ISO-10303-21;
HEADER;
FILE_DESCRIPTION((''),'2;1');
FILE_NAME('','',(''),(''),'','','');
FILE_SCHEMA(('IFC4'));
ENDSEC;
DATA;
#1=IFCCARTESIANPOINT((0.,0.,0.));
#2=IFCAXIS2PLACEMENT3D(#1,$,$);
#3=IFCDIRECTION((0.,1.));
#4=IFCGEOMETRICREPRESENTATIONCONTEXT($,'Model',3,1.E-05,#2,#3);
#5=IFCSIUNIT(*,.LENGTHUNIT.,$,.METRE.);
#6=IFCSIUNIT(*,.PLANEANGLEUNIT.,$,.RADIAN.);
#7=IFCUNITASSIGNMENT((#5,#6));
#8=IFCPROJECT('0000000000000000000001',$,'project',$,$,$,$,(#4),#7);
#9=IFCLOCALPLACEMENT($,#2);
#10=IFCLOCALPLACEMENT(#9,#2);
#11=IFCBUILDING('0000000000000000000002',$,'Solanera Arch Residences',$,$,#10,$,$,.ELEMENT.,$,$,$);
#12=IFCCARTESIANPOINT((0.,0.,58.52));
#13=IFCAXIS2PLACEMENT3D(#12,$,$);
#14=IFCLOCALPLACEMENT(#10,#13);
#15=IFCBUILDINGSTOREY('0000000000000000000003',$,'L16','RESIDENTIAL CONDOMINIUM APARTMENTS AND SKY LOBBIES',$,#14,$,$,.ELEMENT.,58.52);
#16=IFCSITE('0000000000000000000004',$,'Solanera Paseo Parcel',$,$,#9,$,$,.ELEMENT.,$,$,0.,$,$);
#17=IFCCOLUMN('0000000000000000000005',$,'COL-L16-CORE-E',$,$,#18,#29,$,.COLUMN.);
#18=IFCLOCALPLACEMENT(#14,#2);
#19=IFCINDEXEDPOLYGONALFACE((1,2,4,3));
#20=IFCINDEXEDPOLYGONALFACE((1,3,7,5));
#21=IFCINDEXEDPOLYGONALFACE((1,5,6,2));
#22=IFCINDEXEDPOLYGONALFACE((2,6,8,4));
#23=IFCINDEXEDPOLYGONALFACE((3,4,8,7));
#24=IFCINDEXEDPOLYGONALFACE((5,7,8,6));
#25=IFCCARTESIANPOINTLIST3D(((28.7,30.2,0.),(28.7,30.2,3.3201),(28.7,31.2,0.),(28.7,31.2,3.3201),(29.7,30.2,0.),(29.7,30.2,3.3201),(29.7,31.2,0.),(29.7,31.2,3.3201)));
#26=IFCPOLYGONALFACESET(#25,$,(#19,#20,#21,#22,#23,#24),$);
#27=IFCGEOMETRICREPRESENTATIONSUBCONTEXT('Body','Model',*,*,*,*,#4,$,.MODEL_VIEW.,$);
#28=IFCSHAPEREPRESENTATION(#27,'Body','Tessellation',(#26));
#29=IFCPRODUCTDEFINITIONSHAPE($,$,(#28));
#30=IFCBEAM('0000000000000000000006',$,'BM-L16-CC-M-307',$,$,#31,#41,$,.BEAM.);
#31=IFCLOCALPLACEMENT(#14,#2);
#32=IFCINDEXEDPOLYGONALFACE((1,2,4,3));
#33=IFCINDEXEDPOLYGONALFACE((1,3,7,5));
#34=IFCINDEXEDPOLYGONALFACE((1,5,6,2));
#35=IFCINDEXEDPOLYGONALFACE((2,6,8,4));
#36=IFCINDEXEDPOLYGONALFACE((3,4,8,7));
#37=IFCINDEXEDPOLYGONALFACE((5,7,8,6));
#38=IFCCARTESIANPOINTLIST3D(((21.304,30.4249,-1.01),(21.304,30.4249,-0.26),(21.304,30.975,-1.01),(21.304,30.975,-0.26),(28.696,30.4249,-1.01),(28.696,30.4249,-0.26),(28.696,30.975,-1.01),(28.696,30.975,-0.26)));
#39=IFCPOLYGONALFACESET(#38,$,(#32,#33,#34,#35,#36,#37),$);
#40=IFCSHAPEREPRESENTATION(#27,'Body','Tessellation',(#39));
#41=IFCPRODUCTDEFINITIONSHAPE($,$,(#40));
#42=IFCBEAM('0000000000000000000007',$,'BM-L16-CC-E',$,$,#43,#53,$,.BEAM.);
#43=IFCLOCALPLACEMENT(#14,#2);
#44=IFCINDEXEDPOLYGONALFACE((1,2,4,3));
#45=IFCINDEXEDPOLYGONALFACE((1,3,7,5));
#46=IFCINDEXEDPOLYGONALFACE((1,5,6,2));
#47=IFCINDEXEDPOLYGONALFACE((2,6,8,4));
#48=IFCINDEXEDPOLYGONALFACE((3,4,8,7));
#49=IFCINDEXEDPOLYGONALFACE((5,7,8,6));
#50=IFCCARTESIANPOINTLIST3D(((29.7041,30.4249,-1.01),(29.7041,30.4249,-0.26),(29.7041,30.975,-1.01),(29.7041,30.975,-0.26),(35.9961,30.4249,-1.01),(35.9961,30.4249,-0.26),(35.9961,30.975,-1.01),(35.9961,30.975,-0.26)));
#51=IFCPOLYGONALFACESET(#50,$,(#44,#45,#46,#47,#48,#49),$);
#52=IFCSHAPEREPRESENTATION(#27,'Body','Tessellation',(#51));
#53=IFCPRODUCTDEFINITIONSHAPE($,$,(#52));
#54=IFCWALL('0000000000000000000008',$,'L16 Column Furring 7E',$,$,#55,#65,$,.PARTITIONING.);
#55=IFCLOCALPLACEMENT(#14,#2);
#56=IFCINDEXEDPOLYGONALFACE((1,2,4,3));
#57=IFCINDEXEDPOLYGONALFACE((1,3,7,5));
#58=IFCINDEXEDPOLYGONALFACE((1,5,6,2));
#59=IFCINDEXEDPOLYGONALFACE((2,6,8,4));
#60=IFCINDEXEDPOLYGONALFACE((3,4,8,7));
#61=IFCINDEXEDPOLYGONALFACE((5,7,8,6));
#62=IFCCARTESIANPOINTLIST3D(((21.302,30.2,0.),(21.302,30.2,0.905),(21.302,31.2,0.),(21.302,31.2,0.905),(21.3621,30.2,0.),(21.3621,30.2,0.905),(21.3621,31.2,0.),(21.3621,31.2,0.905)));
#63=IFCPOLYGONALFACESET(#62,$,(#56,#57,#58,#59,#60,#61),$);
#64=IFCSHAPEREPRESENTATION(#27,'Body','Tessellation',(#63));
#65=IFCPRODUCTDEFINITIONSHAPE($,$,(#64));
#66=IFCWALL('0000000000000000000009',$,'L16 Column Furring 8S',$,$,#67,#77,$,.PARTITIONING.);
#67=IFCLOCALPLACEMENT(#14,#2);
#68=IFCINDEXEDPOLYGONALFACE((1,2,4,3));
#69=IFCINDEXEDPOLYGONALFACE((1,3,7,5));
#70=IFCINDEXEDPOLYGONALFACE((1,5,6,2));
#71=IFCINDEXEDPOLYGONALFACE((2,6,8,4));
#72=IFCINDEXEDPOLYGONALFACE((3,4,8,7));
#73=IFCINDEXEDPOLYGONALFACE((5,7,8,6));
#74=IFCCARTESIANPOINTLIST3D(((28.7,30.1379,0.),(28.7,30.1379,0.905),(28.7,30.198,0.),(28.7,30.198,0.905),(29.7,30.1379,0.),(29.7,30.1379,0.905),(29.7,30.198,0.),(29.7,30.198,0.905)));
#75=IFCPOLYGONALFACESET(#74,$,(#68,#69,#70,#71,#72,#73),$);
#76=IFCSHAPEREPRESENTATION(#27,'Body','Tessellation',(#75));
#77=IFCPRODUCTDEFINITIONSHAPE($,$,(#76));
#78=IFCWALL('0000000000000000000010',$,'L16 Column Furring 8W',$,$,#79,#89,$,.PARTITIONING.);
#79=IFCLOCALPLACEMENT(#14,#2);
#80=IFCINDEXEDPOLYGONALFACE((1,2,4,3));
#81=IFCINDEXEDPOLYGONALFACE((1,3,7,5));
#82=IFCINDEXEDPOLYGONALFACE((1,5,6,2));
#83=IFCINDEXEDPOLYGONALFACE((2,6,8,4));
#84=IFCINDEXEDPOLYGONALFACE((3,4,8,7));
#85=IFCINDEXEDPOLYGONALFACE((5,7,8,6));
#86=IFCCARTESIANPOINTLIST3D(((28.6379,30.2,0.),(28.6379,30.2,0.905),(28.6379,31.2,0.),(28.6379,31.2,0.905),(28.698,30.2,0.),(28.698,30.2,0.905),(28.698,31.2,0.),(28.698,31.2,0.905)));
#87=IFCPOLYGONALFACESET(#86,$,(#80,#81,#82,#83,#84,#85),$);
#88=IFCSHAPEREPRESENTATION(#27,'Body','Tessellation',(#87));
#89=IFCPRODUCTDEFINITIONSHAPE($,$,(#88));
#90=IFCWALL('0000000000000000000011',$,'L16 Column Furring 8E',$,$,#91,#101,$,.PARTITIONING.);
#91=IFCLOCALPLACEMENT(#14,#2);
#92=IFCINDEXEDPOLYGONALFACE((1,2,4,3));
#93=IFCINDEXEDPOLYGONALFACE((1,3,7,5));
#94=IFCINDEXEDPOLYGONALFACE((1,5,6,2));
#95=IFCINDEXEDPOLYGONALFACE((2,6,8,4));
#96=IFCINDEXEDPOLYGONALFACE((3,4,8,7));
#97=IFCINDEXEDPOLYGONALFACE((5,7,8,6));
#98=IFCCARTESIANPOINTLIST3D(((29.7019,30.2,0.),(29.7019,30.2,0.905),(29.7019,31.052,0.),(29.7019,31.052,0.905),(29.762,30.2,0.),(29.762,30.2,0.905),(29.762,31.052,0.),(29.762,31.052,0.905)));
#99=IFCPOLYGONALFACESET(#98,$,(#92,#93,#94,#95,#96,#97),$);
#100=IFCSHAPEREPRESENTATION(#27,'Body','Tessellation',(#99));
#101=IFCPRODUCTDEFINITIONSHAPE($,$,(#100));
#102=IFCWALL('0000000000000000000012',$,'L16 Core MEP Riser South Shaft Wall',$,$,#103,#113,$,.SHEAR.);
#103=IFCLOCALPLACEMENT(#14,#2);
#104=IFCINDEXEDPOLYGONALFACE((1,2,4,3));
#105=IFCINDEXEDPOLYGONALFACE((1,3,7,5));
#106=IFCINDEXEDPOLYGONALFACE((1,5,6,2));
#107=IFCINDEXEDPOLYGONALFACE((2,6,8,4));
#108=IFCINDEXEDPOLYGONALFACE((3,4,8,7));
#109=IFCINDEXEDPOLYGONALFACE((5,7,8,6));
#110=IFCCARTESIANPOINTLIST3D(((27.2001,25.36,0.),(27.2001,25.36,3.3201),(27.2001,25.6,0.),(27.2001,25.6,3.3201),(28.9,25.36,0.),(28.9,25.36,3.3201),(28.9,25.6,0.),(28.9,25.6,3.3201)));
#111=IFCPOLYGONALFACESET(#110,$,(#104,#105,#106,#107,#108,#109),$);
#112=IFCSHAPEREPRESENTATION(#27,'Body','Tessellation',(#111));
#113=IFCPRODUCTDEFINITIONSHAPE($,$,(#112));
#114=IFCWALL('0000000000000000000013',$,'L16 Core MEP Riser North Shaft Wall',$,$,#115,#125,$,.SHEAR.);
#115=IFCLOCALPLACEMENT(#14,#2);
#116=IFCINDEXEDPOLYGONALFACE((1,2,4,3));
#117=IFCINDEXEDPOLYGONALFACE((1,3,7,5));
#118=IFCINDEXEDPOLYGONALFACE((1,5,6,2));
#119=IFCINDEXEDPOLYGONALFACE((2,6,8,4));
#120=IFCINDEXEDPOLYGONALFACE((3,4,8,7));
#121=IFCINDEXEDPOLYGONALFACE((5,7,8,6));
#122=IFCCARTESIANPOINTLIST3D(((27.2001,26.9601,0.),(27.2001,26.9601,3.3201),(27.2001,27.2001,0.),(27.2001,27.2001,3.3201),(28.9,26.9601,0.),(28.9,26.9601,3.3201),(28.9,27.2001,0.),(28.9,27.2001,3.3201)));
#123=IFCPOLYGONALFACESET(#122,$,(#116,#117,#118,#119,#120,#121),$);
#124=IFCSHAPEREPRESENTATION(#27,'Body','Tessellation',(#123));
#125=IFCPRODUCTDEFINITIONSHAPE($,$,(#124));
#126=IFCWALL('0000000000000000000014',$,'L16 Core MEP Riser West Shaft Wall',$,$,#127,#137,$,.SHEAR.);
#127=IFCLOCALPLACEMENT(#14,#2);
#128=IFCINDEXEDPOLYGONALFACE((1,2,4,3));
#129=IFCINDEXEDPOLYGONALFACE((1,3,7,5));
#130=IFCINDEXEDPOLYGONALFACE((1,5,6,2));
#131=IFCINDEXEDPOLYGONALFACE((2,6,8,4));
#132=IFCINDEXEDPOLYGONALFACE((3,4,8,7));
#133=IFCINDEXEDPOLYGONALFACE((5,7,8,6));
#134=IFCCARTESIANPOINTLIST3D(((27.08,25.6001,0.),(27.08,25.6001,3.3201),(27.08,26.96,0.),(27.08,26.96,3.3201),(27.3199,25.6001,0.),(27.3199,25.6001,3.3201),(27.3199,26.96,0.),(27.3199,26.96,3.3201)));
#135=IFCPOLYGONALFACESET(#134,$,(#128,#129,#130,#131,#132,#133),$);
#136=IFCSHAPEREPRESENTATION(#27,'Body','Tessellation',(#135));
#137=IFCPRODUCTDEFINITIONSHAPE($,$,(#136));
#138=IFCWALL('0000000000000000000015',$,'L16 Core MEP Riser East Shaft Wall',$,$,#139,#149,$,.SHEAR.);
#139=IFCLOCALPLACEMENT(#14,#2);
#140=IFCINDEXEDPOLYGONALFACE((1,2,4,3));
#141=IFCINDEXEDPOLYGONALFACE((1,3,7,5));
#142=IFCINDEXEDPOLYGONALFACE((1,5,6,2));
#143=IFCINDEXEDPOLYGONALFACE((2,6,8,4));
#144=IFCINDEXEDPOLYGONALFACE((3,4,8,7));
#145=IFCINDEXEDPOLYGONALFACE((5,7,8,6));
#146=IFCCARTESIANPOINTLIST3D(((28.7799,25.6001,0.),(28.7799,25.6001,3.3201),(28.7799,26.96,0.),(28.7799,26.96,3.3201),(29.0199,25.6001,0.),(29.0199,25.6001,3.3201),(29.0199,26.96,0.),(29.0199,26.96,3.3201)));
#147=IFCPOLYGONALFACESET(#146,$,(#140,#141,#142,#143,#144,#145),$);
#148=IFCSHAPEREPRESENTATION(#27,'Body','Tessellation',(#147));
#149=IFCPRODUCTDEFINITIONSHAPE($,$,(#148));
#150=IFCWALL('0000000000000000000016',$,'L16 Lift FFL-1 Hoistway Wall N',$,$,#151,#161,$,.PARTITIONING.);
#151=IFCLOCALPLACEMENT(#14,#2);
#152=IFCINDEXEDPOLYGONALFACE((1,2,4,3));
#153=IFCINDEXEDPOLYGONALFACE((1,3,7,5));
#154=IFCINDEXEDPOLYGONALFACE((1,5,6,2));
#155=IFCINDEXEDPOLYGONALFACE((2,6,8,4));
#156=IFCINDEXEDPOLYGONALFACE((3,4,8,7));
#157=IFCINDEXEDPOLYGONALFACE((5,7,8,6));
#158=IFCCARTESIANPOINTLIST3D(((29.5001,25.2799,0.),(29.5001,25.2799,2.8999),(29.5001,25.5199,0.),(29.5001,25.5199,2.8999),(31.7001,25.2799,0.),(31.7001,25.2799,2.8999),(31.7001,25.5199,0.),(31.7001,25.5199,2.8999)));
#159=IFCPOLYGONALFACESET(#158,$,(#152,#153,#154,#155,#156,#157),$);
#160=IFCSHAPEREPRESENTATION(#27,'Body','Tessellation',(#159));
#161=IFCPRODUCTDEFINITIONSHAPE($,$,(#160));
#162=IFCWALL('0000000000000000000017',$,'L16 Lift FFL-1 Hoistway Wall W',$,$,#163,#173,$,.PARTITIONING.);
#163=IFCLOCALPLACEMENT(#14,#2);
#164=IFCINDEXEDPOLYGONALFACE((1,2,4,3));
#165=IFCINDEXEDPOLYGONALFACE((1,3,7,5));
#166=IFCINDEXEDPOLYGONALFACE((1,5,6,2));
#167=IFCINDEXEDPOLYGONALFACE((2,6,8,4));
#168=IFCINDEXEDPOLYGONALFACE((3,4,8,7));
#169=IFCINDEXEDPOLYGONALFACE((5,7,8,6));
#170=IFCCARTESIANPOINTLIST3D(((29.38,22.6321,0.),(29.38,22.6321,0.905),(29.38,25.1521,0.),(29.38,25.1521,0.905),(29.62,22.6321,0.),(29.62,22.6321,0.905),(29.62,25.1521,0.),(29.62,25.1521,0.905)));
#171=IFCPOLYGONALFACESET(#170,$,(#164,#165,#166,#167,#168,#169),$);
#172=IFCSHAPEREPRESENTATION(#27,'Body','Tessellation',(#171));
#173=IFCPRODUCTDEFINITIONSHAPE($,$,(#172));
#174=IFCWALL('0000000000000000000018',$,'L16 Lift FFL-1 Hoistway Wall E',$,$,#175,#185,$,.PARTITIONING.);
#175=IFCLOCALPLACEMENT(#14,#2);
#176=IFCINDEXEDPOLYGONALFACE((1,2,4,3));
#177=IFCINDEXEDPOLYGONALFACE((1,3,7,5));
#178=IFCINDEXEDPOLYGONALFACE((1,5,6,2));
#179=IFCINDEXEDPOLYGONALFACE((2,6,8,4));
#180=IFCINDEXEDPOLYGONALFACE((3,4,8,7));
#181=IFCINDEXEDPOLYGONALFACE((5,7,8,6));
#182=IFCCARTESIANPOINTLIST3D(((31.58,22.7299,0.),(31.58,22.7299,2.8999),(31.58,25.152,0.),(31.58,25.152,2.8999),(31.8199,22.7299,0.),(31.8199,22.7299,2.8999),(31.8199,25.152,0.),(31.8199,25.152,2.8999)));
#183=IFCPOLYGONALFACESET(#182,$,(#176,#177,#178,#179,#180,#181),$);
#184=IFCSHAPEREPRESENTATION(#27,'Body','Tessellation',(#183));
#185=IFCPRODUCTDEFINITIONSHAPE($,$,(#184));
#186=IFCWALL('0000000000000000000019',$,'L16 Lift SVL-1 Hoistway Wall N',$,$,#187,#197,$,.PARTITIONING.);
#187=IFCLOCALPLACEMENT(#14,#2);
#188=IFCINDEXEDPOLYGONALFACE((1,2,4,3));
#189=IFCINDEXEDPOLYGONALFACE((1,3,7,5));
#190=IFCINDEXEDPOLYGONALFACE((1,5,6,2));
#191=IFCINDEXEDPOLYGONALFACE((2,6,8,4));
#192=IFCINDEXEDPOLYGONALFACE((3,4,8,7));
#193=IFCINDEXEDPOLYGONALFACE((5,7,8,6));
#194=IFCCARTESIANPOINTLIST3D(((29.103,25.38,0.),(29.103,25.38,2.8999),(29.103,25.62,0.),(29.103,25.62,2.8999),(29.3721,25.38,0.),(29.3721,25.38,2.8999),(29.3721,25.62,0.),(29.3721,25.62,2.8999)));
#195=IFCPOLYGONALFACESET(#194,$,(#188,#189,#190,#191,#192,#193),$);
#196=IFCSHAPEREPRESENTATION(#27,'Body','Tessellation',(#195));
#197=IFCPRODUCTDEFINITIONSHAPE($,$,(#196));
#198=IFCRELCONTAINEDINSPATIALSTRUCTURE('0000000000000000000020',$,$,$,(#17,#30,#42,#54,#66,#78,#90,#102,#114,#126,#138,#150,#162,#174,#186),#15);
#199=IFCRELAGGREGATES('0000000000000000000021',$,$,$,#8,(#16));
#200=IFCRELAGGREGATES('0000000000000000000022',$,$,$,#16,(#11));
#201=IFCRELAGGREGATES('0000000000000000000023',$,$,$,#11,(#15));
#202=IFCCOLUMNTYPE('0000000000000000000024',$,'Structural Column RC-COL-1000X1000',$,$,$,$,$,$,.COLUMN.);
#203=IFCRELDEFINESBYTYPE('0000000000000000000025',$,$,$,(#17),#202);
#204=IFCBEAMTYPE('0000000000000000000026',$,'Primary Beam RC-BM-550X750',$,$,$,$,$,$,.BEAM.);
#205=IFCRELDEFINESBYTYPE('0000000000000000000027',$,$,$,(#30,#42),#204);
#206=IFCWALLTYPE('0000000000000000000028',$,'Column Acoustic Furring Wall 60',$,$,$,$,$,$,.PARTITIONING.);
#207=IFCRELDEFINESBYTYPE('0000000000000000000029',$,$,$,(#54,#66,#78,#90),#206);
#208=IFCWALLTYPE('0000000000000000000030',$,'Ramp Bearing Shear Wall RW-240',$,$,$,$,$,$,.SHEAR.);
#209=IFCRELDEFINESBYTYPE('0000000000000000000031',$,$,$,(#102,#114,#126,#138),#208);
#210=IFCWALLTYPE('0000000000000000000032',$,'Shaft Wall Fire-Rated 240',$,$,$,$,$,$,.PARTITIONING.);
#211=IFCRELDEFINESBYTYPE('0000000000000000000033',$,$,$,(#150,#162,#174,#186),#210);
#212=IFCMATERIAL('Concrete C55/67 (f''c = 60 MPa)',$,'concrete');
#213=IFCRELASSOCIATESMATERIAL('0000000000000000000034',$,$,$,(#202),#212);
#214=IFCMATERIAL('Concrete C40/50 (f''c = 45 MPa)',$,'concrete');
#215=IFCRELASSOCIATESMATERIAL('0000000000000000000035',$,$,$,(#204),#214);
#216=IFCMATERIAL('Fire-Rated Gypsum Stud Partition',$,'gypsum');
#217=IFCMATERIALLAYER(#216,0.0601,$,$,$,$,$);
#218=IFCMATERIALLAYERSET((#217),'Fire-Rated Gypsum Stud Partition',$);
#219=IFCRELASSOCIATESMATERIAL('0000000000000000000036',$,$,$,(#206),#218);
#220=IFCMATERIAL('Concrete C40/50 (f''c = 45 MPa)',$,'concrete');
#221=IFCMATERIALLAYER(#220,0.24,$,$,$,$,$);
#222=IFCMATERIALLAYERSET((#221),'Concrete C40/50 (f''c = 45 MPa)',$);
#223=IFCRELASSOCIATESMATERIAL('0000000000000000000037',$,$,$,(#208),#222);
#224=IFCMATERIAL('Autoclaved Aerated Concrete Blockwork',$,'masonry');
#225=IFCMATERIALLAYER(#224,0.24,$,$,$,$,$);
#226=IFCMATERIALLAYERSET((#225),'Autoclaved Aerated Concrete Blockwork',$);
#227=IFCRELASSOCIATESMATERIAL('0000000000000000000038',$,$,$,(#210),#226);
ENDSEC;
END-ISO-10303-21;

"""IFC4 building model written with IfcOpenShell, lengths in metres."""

from ifc_helpers import new_model, si_unit, direction, frame, frame_2d, origin, origin_2d, place, context, subcontext, project, spatial, rectangle, extrude, material, layer, layer_set, material_profile, profile_set, type_object, element, save


model = new_model("IFC4")

# Units and contexts
model_context = context("Model", 3, precision=1e-05, world=origin(), true_north=direction((0.0, 1.0)))
body_context = subcontext(model_context, "Body", "Model", "MODEL_VIEW")
ifc_project = project(units=[si_unit("LENGTHUNIT", "METRE"), si_unit("PLANEANGLEUNIT", "RADIAN")], contexts=[model_context])

# Site, building, storey
site_placement = place(None, origin())
site = spatial("IfcSite", under=ifc_project, at=site_placement, Name="Solanera Paseo Parcel", CompositionType="ELEMENT", RefElevation=0.0)
building_placement = place(site_placement, origin())
building = spatial("IfcBuilding", under=site, at=building_placement, Name="Solanera Arch Residences", CompositionType="ELEMENT")
storey_placement = place(building_placement, frame((0.0, 0.0, 58.52)))
storey = spatial("IfcBuildingStorey", under=building, at=storey_placement, Name="L16", Description="RESIDENTIAL CONDOMINIUM APARTMENTS AND SKY LOBBIES", CompositionType="ELEMENT", Elevation=58.52)

# Column
ifc_material_1 = material(Name="Concrete C55/67 (f'c = 60 MPa)", Category="concrete")
ifc_material_profile_1 = material_profile(ifc_material_1, rectangle(XDim=1.0, YDim=1.0, at=origin_2d()))
ifc_profile_set_1 = profile_set([ifc_material_profile_1], Name="Concrete C55/67 (f'c = 60 MPa)")
column_type = type_object("IfcColumnType", Name="Structural Column RC-COL-1000X1000", PredefinedType="COLUMN", material=ifc_profile_set_1)
column_placement = place(storey_placement, frame((29.2, 30.7, 0.0), z_axis=(0.0, 0.0, 1.0), x_axis=(1.0, 0.0, 0.0)))
element("IfcColumn", 1, at=column_placement, inside=storey, type_object=column_type, Name="COL-L16-CORE-E", PredefinedType="COLUMN", context=body_context, shape_type="SweptSolid", body=[
    extrude(rectangle(XDim=1.0, YDim=1.0, at=origin_2d()), origin(), (0.0, 0.0, 1.0), 3.3201),
])

# Beams
ifc_material_2 = material(Name="Concrete C40/50 (f'c = 45 MPa)", Category="concrete")
ifc_material_profile_2 = material_profile(ifc_material_2, rectangle(XDim=0.55, YDim=0.75, at=origin_2d()))
ifc_profile_set_2 = profile_set([ifc_material_profile_2], Name="Concrete C40/50 (f'c = 45 MPa)")
beam_type = type_object("IfcBeamType", Name="Primary Beam RC-BM-550X750", PredefinedType="BEAM", material=ifc_profile_set_2)
beam_1_placement = place(storey_placement, frame((21.304, 30.7, -0.635), z_axis=(1.0, 0.0, 0.0), x_axis=(0.0, 1.0, 0.0)))
element("IfcBeam", 2, at=beam_1_placement, inside=storey, type_object=beam_type, Name="BM-L16-CC-M-307", PredefinedType="BEAM", context=body_context, shape_type="SweptSolid", body=[
    extrude(rectangle(XDim=0.55, YDim=0.75, at=origin_2d()), origin(), (0.0, 0.0, 1.0), 7.3921),
])
beam_2_placement = place(storey_placement, frame((29.7041, 30.7, -0.635), z_axis=(1.0, 0.0, 0.0), x_axis=(0.0, 1.0, 0.0)))
element("IfcBeam", 3, at=beam_2_placement, inside=storey, type_object=beam_type, Name="BM-L16-CC-E", PredefinedType="BEAM", context=body_context, shape_type="SweptSolid", body=[
    extrude(rectangle(XDim=0.55, YDim=0.75, at=origin_2d()), origin(), (0.0, 0.0, 1.0), 6.292),
])

# Walls
ifc_material_3 = material(Name="Fire-Rated Gypsum Stud Partition", Category="gypsum")
ifc_layer_1 = layer(ifc_material_3, 0.0601)
ifc_layer_set_1 = layer_set([ifc_layer_1], Name="Fire-Rated Gypsum Stud Partition")
wall_type_1 = type_object("IfcWallType", Name="Column Acoustic Furring Wall 60", PredefinedType="PARTITIONING", material=ifc_layer_set_1)
for number, where, z_axis, x_axis, name in (
    (4, (21.332, 30.2, 0.0), (0.0, 0.0, 1.0), (0.0, 1.0, 0.0), "L16 Column Furring 7E"),
    (5, (28.7, 30.168, 0.0), (0.0, 0.0, 1.0), (1.0, 0.0, 0.0), "L16 Column Furring 8S"),
    (6, (28.668, 30.2, 0.0), (0.0, 0.0, 1.0), (0.0, 1.0, 0.0), "L16 Column Furring 8W"),
):
    element("IfcWall", number, at=place(storey_placement, frame(where, z_axis=z_axis, x_axis=x_axis)), inside=storey, type_object=wall_type_1, Name=name, PredefinedType="PARTITIONING", context=body_context, shape_type="SweptSolid", body=[
        extrude(rectangle(XDim=1.0, YDim=0.0601, at=frame_2d((0.5, 0.0))), origin(), (0.0, 0.0, 1.0), 0.905),
    ])
wall_1_placement = place(storey_placement, frame((29.7319, 30.2, 0.0), z_axis=(0.0, 0.0, 1.0), x_axis=(0.0, 1.0, 0.0)))
element("IfcWall", 7, at=wall_1_placement, inside=storey, type_object=wall_type_1, Name="L16 Column Furring 8E", PredefinedType="PARTITIONING", context=body_context, shape_type="SweptSolid", body=[
    extrude(rectangle(XDim=0.8521, YDim=0.0601, at=frame_2d((0.426, 0.0))), origin(), (0.0, 0.0, 1.0), 0.905),
])
ifc_material_4 = material(Name="Concrete C40/50 (f'c = 45 MPa)", Category="concrete")
ifc_layer_2 = layer(ifc_material_4, 0.24)
ifc_layer_set_2 = layer_set([ifc_layer_2], Name="Concrete C40/50 (f'c = 45 MPa)")
wall_type_2 = type_object("IfcWallType", Name="Ramp Bearing Shear Wall RW-240", PredefinedType="SHEAR", material=ifc_layer_set_2)
for number, where, z_axis, x_axis, name in (
    (8, (27.2, 25.48, 0.0), (0.0, 0.0, 1.0), (1.0, 0.0, 0.0), "L16 Core MEP Riser South Shaft Wall"),
    (9, (27.2, 27.0801, 0.0), (0.0, 0.0, 1.0), (1.0, 0.0, 0.0), "L16 Core MEP Riser North Shaft Wall"),
):
    element("IfcWall", number, at=place(storey_placement, frame(where, z_axis=z_axis, x_axis=x_axis)), inside=storey, type_object=wall_type_2, Name=name, PredefinedType="SHEAR", context=body_context, shape_type="SweptSolid", body=[
        extrude(rectangle(XDim=1.7, YDim=0.24, at=frame_2d((0.8501, 0.0))), origin(), (0.0, 0.0, 1.0), 3.3201),
    ])
for number, where, z_axis, x_axis, name in (
    (10, (27.2, 25.6001, 0.0), (0.0, 0.0, 1.0), (0.0, 1.0, 0.0), "L16 Core MEP Riser West Shaft Wall"),
    (11, (28.8999, 25.6001, 0.0), (0.0, 0.0, 1.0), (0.0, 1.0, 0.0), "L16 Core MEP Riser East Shaft Wall"),
):
    element("IfcWall", number, at=place(storey_placement, frame(where, z_axis=z_axis, x_axis=x_axis)), inside=storey, type_object=wall_type_2, Name=name, PredefinedType="SHEAR", context=body_context, shape_type="SweptSolid", body=[
        extrude(rectangle(XDim=1.3599, YDim=0.24, at=frame_2d((0.6799, 0.0))), origin(), (0.0, 0.0, 1.0), 3.3201),
    ])
ifc_material_5 = material(Name="Autoclaved Aerated Concrete Blockwork", Category="masonry")
ifc_layer_3 = layer(ifc_material_5, 0.24)
ifc_layer_set_3 = layer_set([ifc_layer_3], Name="Autoclaved Aerated Concrete Blockwork")
wall_type_3 = type_object("IfcWallType", Name="Shaft Wall Fire-Rated 240", PredefinedType="PARTITIONING", material=ifc_layer_set_3)
wall_2_placement = place(storey_placement, frame((29.5, 25.3999, 0.0), z_axis=(0.0, 0.0, 1.0), x_axis=(1.0, 0.0, 0.0)))
element("IfcWall", 12, at=wall_2_placement, inside=storey, type_object=wall_type_3, Name="L16 Lift FFL-1 Hoistway Wall N", PredefinedType="PARTITIONING", context=body_context, shape_type="SweptSolid", body=[
    extrude(rectangle(XDim=2.2, YDim=0.24, at=frame_2d((1.1001, 0.0))), origin(), (0.0, 0.0, 1.0), 2.8999),
])
wall_3_placement = place(storey_placement, frame((29.5, 22.6321, 0.0), z_axis=(0.0, 0.0, 1.0), x_axis=(0.0, 1.0, 0.0)))
element("IfcWall", 13, at=wall_3_placement, inside=storey, type_object=wall_type_3, Name="L16 Lift FFL-1 Hoistway Wall W", PredefinedType="PARTITIONING", context=body_context, shape_type="SweptSolid", body=[
    extrude(rectangle(XDim=2.52, YDim=0.24, at=frame_2d((1.26, 0.0))), origin(), (0.0, 0.0, 1.0), 0.905),
])
wall_4_placement = place(storey_placement, frame((31.7, 22.73, 0.0), z_axis=(0.0, 0.0, 1.0), x_axis=(0.0, 1.0, 0.0)))
element("IfcWall", 14, at=wall_4_placement, inside=storey, type_object=wall_type_3, Name="L16 Lift FFL-1 Hoistway Wall E", PredefinedType="PARTITIONING", context=body_context, shape_type="SweptSolid", body=[
    extrude(rectangle(XDim=2.4221, YDim=0.24, at=frame_2d((1.2109, 0.0))), origin(), (0.0, 0.0, 1.0), 2.8999),
])
wall_5_placement = place(storey_placement, frame((29.103, 25.5, 0.0), z_axis=(0.0, 0.0, 1.0), x_axis=(1.0, 0.0, 0.0)))
element("IfcWall", 15, at=wall_5_placement, inside=storey, type_object=wall_type_3, Name="L16 Lift SVL-1 Hoistway Wall N", PredefinedType="PARTITIONING", context=body_context, shape_type="SweptSolid", body=[
    extrude(rectangle(XDim=0.269, YDim=0.24, at=frame_2d((0.1345, 0.0))), origin(), (0.0, 0.0, 1.0), 2.8999),
])

save(model, "model.ifc")
